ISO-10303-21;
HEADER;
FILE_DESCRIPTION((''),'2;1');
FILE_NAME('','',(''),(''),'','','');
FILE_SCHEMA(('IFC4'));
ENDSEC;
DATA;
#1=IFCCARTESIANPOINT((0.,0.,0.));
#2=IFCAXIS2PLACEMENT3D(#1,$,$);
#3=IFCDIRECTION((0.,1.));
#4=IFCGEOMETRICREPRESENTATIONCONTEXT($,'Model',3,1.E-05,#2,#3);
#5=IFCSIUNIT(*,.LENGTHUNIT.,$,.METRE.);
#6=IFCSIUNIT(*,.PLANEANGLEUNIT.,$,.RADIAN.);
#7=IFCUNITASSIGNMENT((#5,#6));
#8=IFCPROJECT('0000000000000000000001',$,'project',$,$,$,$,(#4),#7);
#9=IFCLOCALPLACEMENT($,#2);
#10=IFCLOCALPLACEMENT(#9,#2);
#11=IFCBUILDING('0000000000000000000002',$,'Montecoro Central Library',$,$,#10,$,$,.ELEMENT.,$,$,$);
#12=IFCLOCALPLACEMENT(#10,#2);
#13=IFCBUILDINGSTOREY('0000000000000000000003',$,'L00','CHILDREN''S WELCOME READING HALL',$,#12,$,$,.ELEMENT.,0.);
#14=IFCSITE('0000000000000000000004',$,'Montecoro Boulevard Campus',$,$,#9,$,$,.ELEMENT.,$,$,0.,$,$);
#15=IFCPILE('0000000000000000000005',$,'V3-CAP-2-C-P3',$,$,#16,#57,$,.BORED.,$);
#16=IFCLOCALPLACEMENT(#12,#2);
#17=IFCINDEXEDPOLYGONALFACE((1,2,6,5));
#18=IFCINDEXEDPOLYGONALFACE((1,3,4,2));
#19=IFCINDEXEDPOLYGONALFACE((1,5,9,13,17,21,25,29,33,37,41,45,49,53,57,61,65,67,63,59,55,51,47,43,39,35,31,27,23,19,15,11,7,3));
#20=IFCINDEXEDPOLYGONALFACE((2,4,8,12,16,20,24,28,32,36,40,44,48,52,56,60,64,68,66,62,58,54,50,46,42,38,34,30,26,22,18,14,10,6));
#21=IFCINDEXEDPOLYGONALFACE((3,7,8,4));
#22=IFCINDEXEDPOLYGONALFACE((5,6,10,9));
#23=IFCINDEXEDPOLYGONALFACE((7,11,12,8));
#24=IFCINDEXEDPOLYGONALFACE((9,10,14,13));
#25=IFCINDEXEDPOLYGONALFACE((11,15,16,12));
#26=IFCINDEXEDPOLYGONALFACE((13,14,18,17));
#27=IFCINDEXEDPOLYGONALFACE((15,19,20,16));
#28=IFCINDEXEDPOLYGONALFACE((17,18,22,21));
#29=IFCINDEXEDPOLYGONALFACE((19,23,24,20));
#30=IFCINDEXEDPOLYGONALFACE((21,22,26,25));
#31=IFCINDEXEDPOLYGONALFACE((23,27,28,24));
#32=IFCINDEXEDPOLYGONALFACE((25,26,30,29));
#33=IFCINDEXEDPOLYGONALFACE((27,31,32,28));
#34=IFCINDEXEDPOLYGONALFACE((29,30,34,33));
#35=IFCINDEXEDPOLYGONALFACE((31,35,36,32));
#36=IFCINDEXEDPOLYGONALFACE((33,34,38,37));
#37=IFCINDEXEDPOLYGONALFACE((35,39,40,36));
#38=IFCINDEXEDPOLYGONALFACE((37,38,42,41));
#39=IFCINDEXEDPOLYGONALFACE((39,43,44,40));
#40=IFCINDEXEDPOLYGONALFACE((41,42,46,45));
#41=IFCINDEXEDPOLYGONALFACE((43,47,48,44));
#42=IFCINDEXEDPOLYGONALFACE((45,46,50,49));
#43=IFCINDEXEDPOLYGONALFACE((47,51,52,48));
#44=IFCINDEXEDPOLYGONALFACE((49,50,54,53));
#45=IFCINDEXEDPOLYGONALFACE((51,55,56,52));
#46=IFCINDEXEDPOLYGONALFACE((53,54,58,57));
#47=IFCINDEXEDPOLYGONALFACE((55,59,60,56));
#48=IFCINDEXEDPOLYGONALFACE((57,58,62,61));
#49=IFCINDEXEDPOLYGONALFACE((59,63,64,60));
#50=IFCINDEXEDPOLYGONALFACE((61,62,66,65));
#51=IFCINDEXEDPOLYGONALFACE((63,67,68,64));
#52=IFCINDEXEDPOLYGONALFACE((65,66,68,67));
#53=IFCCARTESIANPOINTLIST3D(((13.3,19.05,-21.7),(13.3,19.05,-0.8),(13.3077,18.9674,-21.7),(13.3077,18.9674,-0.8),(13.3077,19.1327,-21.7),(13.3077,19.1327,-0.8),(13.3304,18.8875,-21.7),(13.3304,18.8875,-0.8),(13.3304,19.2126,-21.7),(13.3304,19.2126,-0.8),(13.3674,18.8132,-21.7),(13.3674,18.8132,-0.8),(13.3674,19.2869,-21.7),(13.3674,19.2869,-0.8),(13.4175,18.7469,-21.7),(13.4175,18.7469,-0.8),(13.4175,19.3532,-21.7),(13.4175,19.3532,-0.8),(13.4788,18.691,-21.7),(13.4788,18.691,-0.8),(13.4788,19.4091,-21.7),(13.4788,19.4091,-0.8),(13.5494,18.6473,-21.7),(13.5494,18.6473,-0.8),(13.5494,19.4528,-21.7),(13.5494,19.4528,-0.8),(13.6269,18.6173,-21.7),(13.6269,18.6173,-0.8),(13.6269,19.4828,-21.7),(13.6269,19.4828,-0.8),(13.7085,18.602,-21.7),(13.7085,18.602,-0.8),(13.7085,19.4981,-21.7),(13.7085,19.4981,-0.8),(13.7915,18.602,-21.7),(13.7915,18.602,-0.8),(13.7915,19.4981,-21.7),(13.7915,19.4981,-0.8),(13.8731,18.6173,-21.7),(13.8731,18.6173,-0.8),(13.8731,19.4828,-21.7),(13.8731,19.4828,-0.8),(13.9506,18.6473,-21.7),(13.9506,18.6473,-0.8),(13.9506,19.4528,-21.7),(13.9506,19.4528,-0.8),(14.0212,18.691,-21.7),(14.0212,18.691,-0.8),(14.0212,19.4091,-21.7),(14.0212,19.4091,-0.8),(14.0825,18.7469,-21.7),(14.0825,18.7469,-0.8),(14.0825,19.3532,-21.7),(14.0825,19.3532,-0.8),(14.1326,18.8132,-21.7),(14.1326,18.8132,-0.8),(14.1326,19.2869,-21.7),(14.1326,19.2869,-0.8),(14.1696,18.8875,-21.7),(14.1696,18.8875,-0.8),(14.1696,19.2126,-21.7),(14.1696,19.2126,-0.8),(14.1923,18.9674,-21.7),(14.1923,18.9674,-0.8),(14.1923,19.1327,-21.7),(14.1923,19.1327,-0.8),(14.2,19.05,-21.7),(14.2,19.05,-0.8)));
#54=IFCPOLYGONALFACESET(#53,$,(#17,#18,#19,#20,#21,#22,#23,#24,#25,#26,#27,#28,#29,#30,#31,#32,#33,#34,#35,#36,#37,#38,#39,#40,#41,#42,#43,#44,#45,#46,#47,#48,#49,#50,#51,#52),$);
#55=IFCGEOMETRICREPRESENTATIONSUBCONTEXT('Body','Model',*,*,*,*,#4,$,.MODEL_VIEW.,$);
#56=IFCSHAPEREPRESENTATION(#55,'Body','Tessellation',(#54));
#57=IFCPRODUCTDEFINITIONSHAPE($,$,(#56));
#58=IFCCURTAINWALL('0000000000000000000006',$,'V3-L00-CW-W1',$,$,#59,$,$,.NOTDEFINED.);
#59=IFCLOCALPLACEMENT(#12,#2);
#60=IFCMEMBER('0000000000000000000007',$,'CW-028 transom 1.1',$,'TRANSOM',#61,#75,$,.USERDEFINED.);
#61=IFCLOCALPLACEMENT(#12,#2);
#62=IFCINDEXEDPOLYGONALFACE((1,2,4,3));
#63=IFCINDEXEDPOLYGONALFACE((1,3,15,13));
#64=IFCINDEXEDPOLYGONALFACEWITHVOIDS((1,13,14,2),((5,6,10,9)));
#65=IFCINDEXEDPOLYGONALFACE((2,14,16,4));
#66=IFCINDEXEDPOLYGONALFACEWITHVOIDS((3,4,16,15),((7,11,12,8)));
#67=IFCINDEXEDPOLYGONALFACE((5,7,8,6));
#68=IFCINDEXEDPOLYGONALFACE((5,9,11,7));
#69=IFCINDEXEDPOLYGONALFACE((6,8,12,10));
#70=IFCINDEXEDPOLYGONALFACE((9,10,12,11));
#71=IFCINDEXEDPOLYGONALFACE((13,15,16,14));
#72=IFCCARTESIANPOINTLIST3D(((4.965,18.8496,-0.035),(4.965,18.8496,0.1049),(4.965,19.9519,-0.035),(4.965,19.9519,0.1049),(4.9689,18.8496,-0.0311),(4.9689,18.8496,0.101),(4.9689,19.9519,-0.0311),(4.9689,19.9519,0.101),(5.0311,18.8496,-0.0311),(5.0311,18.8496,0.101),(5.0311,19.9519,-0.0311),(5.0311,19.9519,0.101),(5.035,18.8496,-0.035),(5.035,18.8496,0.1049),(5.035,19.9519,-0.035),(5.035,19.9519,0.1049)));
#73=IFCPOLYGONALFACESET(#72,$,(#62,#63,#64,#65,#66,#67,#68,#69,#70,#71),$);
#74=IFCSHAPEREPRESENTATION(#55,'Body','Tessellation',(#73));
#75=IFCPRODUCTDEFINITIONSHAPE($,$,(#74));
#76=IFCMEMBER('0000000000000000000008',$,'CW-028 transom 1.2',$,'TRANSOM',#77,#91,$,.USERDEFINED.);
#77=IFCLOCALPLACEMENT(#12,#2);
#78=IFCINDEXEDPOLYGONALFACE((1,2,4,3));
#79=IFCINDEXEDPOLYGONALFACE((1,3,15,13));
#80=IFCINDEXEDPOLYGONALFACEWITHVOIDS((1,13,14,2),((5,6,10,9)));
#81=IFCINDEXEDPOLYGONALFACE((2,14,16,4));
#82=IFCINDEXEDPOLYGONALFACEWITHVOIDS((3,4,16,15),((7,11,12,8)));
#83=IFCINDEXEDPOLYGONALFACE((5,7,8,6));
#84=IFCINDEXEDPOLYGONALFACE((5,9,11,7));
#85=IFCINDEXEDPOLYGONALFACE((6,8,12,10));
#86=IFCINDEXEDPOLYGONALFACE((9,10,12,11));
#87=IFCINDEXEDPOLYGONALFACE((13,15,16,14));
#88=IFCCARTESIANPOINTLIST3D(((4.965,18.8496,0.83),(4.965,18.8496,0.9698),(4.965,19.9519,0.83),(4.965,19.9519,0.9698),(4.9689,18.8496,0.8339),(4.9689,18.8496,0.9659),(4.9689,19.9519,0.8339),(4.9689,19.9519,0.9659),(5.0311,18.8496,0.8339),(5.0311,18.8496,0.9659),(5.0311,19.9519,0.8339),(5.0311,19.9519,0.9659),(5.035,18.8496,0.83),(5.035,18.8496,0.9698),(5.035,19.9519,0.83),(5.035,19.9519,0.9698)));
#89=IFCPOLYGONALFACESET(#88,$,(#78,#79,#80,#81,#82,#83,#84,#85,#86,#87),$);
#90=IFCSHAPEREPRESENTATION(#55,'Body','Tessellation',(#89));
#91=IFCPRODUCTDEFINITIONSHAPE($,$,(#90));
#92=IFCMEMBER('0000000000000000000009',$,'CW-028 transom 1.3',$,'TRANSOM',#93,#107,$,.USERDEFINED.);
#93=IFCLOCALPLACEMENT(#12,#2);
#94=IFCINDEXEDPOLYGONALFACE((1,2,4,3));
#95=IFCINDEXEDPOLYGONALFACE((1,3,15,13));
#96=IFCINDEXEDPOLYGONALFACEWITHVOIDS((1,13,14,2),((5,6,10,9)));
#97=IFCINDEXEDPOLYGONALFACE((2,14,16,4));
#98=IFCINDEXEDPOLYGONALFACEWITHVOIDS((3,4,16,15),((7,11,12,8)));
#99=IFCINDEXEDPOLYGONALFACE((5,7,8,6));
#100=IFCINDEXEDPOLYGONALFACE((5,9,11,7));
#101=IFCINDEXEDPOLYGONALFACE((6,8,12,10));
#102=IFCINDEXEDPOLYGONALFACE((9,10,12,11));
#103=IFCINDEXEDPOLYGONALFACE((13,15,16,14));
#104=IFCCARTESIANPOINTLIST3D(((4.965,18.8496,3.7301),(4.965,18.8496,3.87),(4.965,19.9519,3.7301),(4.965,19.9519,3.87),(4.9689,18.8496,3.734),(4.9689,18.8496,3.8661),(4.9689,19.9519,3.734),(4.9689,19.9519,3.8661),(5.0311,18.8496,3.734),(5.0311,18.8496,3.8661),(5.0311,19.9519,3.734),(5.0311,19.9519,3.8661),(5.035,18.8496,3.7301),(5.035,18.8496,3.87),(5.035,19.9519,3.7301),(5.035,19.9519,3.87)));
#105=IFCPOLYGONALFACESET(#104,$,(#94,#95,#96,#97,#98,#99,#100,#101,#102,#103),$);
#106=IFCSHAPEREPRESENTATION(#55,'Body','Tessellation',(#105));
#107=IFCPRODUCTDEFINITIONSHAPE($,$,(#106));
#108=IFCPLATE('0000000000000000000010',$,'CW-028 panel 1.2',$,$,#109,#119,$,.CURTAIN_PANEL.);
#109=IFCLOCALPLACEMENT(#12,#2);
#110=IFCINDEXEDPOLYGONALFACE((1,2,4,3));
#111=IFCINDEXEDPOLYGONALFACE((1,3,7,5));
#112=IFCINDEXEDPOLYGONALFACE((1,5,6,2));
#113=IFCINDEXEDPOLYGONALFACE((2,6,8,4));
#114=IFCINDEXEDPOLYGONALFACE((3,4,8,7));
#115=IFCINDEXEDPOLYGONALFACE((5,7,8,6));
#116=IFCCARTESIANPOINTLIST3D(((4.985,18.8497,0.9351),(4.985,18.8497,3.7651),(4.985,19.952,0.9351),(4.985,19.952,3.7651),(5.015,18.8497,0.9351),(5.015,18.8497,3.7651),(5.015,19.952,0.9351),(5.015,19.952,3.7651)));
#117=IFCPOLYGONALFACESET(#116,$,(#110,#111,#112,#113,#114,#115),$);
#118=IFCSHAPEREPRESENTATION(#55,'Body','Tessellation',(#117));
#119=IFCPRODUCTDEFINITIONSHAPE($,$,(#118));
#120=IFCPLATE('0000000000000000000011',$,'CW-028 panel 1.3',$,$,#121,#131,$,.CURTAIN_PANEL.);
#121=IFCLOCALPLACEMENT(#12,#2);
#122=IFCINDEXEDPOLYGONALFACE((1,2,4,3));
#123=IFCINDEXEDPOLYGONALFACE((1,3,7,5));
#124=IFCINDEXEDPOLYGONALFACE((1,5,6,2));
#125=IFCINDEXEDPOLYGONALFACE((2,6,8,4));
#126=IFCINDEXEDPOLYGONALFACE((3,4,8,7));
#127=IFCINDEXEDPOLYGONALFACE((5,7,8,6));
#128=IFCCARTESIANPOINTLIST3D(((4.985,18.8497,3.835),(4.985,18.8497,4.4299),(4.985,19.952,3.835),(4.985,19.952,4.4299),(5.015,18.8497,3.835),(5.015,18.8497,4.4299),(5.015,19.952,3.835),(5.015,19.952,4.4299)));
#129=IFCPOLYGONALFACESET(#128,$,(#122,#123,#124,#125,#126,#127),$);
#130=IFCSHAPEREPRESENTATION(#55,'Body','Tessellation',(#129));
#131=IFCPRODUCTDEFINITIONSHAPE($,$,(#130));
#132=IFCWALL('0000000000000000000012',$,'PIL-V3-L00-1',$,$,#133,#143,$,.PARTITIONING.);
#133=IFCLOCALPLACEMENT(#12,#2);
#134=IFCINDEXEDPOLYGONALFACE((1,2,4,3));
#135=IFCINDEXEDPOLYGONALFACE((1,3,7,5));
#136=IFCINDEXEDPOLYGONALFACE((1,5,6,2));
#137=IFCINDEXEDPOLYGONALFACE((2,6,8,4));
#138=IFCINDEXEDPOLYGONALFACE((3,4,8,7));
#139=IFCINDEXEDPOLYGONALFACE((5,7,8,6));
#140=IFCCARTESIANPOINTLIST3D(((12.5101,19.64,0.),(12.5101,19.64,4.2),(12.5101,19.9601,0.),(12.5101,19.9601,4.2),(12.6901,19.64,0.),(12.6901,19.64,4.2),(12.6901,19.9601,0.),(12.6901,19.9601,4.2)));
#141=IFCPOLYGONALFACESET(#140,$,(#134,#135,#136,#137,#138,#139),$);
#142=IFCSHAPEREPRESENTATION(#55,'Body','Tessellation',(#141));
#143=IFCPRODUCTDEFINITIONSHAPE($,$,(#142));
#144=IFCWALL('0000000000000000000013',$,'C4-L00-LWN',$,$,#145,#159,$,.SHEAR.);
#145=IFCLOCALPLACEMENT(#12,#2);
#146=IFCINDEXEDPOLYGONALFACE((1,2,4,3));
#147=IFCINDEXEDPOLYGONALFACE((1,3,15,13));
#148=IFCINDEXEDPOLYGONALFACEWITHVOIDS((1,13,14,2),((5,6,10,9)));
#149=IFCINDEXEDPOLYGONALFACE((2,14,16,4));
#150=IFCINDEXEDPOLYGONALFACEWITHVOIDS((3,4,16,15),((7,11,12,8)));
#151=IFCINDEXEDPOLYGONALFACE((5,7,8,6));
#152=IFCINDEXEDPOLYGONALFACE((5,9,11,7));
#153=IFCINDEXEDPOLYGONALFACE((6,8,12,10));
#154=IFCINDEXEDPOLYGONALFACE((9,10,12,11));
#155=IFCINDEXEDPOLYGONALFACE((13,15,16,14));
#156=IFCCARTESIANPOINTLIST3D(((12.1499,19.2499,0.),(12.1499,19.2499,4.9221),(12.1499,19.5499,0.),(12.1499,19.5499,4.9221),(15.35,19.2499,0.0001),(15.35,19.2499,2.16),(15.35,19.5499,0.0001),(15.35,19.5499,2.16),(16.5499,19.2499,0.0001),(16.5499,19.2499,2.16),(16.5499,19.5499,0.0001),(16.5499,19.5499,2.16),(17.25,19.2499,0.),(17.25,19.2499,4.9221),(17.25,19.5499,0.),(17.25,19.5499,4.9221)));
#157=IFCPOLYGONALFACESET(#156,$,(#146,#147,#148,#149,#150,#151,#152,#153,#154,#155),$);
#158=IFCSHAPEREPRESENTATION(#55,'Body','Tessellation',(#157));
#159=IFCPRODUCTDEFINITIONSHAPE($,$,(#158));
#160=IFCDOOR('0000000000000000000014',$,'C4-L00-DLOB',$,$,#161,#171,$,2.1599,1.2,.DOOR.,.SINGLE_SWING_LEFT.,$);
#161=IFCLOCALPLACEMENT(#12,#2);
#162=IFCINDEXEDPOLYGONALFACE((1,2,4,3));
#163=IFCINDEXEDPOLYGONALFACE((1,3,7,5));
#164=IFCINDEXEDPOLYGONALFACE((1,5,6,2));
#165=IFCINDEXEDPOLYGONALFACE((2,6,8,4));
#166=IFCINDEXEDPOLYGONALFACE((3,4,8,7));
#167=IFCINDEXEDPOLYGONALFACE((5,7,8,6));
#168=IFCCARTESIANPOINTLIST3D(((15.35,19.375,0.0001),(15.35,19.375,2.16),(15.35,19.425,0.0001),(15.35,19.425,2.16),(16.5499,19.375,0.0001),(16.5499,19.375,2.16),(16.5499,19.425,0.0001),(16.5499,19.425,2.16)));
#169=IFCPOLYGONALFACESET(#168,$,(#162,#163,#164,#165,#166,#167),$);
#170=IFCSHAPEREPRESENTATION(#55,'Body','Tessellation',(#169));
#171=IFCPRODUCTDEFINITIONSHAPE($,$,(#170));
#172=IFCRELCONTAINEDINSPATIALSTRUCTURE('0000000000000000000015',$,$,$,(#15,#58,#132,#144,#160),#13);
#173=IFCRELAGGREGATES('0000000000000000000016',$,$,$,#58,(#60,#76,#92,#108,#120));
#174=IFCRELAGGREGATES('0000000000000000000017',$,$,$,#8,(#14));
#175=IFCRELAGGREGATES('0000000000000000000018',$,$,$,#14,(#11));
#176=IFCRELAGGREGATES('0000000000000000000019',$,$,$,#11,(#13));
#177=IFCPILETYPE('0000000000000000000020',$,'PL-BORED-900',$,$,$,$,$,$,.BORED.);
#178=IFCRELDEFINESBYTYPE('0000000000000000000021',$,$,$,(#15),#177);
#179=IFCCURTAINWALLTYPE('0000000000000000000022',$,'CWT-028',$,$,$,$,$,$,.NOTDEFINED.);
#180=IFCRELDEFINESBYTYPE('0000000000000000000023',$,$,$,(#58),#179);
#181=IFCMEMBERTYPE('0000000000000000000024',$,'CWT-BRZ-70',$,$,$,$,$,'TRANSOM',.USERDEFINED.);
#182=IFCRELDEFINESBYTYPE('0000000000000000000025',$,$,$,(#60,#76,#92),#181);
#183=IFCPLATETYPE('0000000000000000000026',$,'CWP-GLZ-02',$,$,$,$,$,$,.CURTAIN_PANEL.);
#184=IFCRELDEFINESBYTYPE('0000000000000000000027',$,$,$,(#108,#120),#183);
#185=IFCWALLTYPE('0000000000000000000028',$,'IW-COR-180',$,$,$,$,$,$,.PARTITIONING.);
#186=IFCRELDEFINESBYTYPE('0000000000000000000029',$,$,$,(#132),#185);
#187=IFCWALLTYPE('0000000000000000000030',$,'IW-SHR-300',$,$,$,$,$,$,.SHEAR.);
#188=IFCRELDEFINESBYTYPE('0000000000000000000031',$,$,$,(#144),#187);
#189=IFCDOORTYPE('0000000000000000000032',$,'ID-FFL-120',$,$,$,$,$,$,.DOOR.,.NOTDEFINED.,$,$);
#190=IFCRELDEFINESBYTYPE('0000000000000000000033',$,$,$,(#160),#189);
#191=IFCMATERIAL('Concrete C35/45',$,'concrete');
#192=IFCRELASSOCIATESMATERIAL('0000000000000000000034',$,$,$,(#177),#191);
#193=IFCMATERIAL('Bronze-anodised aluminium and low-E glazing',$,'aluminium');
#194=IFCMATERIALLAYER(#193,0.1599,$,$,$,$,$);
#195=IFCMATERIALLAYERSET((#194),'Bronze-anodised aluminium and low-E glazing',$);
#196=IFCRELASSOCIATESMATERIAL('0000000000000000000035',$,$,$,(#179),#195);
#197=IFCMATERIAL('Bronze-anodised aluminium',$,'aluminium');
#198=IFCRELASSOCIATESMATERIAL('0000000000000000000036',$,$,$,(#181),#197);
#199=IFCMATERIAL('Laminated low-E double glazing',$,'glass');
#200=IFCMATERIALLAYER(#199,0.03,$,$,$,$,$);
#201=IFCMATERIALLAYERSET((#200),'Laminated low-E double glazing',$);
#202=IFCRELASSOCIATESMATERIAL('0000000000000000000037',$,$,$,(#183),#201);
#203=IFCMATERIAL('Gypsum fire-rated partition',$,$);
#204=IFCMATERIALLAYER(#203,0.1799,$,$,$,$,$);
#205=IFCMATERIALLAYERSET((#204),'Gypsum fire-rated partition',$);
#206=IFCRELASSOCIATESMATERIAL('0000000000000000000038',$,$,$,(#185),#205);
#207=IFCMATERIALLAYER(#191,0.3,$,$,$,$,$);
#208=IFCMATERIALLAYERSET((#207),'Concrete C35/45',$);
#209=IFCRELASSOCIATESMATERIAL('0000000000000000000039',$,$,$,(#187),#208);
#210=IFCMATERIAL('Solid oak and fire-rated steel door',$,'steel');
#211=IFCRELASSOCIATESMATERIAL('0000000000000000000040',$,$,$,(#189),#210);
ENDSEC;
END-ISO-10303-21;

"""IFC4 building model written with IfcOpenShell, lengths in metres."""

from ifc_helpers import new_model, si_unit, direction, frame, frame_2d, origin, origin_2d, place, context, subcontext, project, spatial, rectangle, hollow_rectangle, circle, extrude, material, layer, layer_set, material_profile, profile_set, type_object, element, fill, aggregate, save


model = new_model("IFC4")

# Units and contexts
model_context = context("Model", 3, precision=1e-05, world=origin(), true_north=direction((0.0, 1.0)))
body_context = subcontext(model_context, "Body", "Model", "MODEL_VIEW")
ifc_project = project(units=[si_unit("LENGTHUNIT", "METRE"), si_unit("PLANEANGLEUNIT", "RADIAN")], contexts=[model_context])

# Site, building, storey
site_placement = place(None, origin())
site = spatial("IfcSite", under=ifc_project, at=site_placement, Name="Montecoro Boulevard Campus", CompositionType="ELEMENT", RefElevation=0.0)
building_placement = place(site_placement, origin())
building = spatial("IfcBuilding", under=site, at=building_placement, Name="Montecoro Central Library", CompositionType="ELEMENT")
storey_placement = place(building_placement, origin())
storey = spatial("IfcBuildingStorey", under=building, at=storey_placement, Name="L00", Description="CHILDREN'S WELCOME READING HALL", CompositionType="ELEMENT", Elevation=0.0)

# Shared definitions
ifc_material_1 = material(Name="Concrete C35/45", Category="concrete")

# Pile
ifc_material_profile_1 = material_profile(ifc_material_1, circle(Radius=0.45, at=origin_2d()), Name="PILE D900")
ifc_profile_set_1 = profile_set([ifc_material_profile_1], Name="Concrete C35/45")
pile_type_1 = type_object("IfcPileType", Name="PL-BORED-900", PredefinedType="BORED", material=ifc_profile_set_1)
for number, where, z_axis, x_axis, name in (
    (1, (13.75, 19.05, -0.8), (0.0, 0.0, -1.0), (1.0, 0.0, 0.0), "V3-CAP-2-C-P3"),
):
    element("IfcPile", number, at=place(storey_placement, frame(where, z_axis=z_axis, x_axis=x_axis)), inside=storey, type_object=pile_type_1, Name=name, PredefinedType="BORED", context=body_context, shape_type="SweptSolid", body=[
        extrude(circle(Radius=0.45, at=origin_2d()), origin(), (0.0, 0.0, 1.0), 20.8999),
    ])

# Curtain wall, members, plates
ifc_material_2 = material(Name="Bronze-anodised aluminium and low-E glazing", Category="aluminium")
ifc_layer_1 = layer(ifc_material_2, 0.1599)
ifc_layer_set_1 = layer_set([ifc_layer_1], Name="Bronze-anodised aluminium and low-E glazing")
curtain_wall_type = type_object("IfcCurtainWallType", Name="CWT-028", PredefinedType="NOTDEFINED", material=ifc_layer_set_1)
curtain_wall_placement = place(storey_placement, origin())
curtain_wall = element("IfcCurtainWall", 2, at=curtain_wall_placement, inside=storey, type_object=curtain_wall_type, Name="V3-L00-CW-W1", PredefinedType="NOTDEFINED")
ifc_material_3 = material(Name="Bronze-anodised aluminium", Category="aluminium")
ifc_material_profile_2 = material_profile(ifc_material_3, hollow_rectangle(XDim=0.0701, YDim=0.1399, WallThickness=0.0039, at=origin_2d()), Name="CWT 140x70x4.0")
ifc_profile_set_2 = profile_set([ifc_material_profile_2], Name="Bronze-anodised aluminium")
member_type = type_object("IfcMemberType", Name="CWT-BRZ-70", ElementType="TRANSOM", PredefinedType="USERDEFINED", material=ifc_profile_set_2)
member_1_placement = place(storey_placement, frame((5.0, 19.9519, 0.0349), z_axis=(0.0, -1.0, 0.0), x_axis=(1.0, 0.0, 0.0)))
member_1 = element("IfcMember", 3, at=member_1_placement, type_object=member_type, Name="CW-028 transom 1.1", ObjectType="TRANSOM", PredefinedType="USERDEFINED", context=body_context, shape_type="SweptSolid", body=[
    extrude(hollow_rectangle(XDim=0.0701, YDim=0.1399, WallThickness=0.0039, at=origin_2d()), origin(), (0.0, 0.0, 1.0), 1.1023),
])
member_2_placement = place(storey_placement, frame((5.0, 19.9519, 0.8999), z_axis=(0.0, -1.0, 0.0), x_axis=(1.0, 0.0, 0.0)))
member_2 = element("IfcMember", 4, at=member_2_placement, type_object=member_type, Name="CW-028 transom 1.2", ObjectType="TRANSOM", PredefinedType="USERDEFINED", context=body_context, shape_type="SweptSolid", body=[
    extrude(hollow_rectangle(XDim=0.0701, YDim=0.1399, WallThickness=0.0039, at=origin_2d()), origin(), (0.0, 0.0, 1.0), 1.1023),
])
member_3_placement = place(storey_placement, frame((5.0, 19.9519, 3.8), z_axis=(0.0, -1.0, 0.0), x_axis=(1.0, 0.0, 0.0)))
member_3 = element("IfcMember", 5, at=member_3_placement, type_object=member_type, Name="CW-028 transom 1.3", ObjectType="TRANSOM", PredefinedType="USERDEFINED", context=body_context, shape_type="SweptSolid", body=[
    extrude(hollow_rectangle(XDim=0.0701, YDim=0.1399, WallThickness=0.0039, at=origin_2d()), origin(), (0.0, 0.0, 1.0), 1.1023),
])
ifc_material_4 = material(Name="Laminated low-E double glazing", Category="glass")
ifc_layer_2 = layer(ifc_material_4, 0.03)
ifc_layer_set_2 = layer_set([ifc_layer_2], Name="Laminated low-E double glazing")
plate_type = type_object("IfcPlateType", Name="CWP-GLZ-02", PredefinedType="CURTAIN_PANEL", material=ifc_layer_set_2)
plate_1_placement = place(storey_placement, frame((5.0, 19.4009, 0.9351), z_axis=(0.0, 0.0, 1.0), x_axis=(0.0, -1.0, 0.0)))
plate_1 = element("IfcPlate", 6, at=plate_1_placement, type_object=plate_type, Name="CW-028 panel 1.2", PredefinedType="CURTAIN_PANEL", context=body_context, shape_type="SweptSolid", body=[
    extrude(rectangle(XDim=1.1023, YDim=0.03, at=origin_2d()), origin(), (0.0, 0.0, 1.0), 2.8301),
])
plate_2_placement = place(storey_placement, frame((5.0, 19.4009, 3.835), z_axis=(0.0, 0.0, 1.0), x_axis=(0.0, -1.0, 0.0)))
plate_2 = element("IfcPlate", 7, at=plate_2_placement, type_object=plate_type, Name="CW-028 panel 1.3", PredefinedType="CURTAIN_PANEL", context=body_context, shape_type="SweptSolid", body=[
    extrude(rectangle(XDim=1.1023, YDim=0.03, at=origin_2d()), origin(), (0.0, 0.0, 1.0), 0.595),
])
aggregate(curtain_wall, [member_1, member_2, member_3, plate_1, plate_2])

# Wall
ifc_material_5 = material(Name="Gypsum fire-rated partition")
ifc_layer_3 = layer(ifc_material_5, 0.1799)
ifc_layer_set_3 = layer_set([ifc_layer_3], Name="Gypsum fire-rated partition")
wall_type_1 = type_object("IfcWallType", Name="IW-COR-180", PredefinedType="PARTITIONING", material=ifc_layer_set_3)
wall_1_placement = place(storey_placement, frame((12.6001, 19.6399, 0.0), z_axis=(0.0, 0.0, 1.0), x_axis=(0.0, 1.0, 0.0)))
element("IfcWall", 8, at=wall_1_placement, inside=storey, type_object=wall_type_1, Name="PIL-V3-L00-1", PredefinedType="PARTITIONING", context=body_context, shape_type="SweptSolid", body=[
    extrude(rectangle(XDim=0.3201, YDim=0.1799, at=frame_2d((0.1602, 0.0))), origin(), (0.0, 0.0, 1.0), 4.2),
])

# Wall, opening, door
ifc_layer_4 = layer(ifc_material_1, 0.3)
ifc_layer_set_4 = layer_set([ifc_layer_4], Name="Concrete C35/45")
wall_type_2 = type_object("IfcWallType", Name="IW-SHR-300", PredefinedType="SHEAR", material=ifc_layer_set_4)
wall_2_placement = place(storey_placement, frame((17.25, 19.3999, 0.0), z_axis=(0.0, 0.0, 1.0), x_axis=(-1.0, 0.0, 0.0)))
wall_2 = element("IfcWall", 9, at=wall_2_placement, inside=storey, type_object=wall_type_2, Name="C4-L00-LWN", PredefinedType="SHEAR", context=body_context, shape_type="SweptSolid", body=[
    extrude(rectangle(XDim=5.1001, YDim=0.3, at=frame_2d((2.55, 0.0))), origin(), (0.0, 0.0, 1.0), 4.9221),
])
opening_1_placement = place(wall_2_placement, frame((0.7, 0.0, 0.0)))
opening_1 = element("IfcOpeningElement", 10, at=opening_1_placement, cuts=wall_2, PredefinedType="OPENING", context=body_context, shape_type="SweptSolid", body=[
    extrude(rectangle(XDim=1.2, YDim=2.1599, at=frame_2d((0.6001, 1.0801))), frame((0.0, 0.1599, 0.0), z_axis=(0.0, -1.0, 0.0), x_axis=(1.0, 0.0, 0.0)), (0.0, 0.0, 1.0), 0.3201),
])
ifc_material_6 = material(Name="Solid oak and fire-rated steel door", Category="steel")
door_type_1 = type_object("IfcDoorType", Name="ID-FFL-120", OperationType="NOTDEFINED", PredefinedType="DOOR", material=ifc_material_6)
door_1_placement = place(opening_1_placement, origin())
door_1 = element("IfcDoor", 11, at=door_1_placement, inside=storey, type_object=door_type_1, Name="C4-L00-DLOB", OperationType="SINGLE_SWING_LEFT", OverallHeight=2.1599, OverallWidth=1.2, PredefinedType="DOOR", context=body_context, shape_type="SweptSolid", body=[
    extrude(rectangle(XDim=1.2, YDim=2.1599, at=frame_2d((0.6001, 1.0801))), frame((0.0, 0.0249, 0.0), z_axis=(0.0, -1.0, 0.0), x_axis=(1.0, 0.0, 0.0)), (0.0, 0.0, 1.0), 0.05),
])
fill(opening_1, door_1)

save(model, "model.ifc")
